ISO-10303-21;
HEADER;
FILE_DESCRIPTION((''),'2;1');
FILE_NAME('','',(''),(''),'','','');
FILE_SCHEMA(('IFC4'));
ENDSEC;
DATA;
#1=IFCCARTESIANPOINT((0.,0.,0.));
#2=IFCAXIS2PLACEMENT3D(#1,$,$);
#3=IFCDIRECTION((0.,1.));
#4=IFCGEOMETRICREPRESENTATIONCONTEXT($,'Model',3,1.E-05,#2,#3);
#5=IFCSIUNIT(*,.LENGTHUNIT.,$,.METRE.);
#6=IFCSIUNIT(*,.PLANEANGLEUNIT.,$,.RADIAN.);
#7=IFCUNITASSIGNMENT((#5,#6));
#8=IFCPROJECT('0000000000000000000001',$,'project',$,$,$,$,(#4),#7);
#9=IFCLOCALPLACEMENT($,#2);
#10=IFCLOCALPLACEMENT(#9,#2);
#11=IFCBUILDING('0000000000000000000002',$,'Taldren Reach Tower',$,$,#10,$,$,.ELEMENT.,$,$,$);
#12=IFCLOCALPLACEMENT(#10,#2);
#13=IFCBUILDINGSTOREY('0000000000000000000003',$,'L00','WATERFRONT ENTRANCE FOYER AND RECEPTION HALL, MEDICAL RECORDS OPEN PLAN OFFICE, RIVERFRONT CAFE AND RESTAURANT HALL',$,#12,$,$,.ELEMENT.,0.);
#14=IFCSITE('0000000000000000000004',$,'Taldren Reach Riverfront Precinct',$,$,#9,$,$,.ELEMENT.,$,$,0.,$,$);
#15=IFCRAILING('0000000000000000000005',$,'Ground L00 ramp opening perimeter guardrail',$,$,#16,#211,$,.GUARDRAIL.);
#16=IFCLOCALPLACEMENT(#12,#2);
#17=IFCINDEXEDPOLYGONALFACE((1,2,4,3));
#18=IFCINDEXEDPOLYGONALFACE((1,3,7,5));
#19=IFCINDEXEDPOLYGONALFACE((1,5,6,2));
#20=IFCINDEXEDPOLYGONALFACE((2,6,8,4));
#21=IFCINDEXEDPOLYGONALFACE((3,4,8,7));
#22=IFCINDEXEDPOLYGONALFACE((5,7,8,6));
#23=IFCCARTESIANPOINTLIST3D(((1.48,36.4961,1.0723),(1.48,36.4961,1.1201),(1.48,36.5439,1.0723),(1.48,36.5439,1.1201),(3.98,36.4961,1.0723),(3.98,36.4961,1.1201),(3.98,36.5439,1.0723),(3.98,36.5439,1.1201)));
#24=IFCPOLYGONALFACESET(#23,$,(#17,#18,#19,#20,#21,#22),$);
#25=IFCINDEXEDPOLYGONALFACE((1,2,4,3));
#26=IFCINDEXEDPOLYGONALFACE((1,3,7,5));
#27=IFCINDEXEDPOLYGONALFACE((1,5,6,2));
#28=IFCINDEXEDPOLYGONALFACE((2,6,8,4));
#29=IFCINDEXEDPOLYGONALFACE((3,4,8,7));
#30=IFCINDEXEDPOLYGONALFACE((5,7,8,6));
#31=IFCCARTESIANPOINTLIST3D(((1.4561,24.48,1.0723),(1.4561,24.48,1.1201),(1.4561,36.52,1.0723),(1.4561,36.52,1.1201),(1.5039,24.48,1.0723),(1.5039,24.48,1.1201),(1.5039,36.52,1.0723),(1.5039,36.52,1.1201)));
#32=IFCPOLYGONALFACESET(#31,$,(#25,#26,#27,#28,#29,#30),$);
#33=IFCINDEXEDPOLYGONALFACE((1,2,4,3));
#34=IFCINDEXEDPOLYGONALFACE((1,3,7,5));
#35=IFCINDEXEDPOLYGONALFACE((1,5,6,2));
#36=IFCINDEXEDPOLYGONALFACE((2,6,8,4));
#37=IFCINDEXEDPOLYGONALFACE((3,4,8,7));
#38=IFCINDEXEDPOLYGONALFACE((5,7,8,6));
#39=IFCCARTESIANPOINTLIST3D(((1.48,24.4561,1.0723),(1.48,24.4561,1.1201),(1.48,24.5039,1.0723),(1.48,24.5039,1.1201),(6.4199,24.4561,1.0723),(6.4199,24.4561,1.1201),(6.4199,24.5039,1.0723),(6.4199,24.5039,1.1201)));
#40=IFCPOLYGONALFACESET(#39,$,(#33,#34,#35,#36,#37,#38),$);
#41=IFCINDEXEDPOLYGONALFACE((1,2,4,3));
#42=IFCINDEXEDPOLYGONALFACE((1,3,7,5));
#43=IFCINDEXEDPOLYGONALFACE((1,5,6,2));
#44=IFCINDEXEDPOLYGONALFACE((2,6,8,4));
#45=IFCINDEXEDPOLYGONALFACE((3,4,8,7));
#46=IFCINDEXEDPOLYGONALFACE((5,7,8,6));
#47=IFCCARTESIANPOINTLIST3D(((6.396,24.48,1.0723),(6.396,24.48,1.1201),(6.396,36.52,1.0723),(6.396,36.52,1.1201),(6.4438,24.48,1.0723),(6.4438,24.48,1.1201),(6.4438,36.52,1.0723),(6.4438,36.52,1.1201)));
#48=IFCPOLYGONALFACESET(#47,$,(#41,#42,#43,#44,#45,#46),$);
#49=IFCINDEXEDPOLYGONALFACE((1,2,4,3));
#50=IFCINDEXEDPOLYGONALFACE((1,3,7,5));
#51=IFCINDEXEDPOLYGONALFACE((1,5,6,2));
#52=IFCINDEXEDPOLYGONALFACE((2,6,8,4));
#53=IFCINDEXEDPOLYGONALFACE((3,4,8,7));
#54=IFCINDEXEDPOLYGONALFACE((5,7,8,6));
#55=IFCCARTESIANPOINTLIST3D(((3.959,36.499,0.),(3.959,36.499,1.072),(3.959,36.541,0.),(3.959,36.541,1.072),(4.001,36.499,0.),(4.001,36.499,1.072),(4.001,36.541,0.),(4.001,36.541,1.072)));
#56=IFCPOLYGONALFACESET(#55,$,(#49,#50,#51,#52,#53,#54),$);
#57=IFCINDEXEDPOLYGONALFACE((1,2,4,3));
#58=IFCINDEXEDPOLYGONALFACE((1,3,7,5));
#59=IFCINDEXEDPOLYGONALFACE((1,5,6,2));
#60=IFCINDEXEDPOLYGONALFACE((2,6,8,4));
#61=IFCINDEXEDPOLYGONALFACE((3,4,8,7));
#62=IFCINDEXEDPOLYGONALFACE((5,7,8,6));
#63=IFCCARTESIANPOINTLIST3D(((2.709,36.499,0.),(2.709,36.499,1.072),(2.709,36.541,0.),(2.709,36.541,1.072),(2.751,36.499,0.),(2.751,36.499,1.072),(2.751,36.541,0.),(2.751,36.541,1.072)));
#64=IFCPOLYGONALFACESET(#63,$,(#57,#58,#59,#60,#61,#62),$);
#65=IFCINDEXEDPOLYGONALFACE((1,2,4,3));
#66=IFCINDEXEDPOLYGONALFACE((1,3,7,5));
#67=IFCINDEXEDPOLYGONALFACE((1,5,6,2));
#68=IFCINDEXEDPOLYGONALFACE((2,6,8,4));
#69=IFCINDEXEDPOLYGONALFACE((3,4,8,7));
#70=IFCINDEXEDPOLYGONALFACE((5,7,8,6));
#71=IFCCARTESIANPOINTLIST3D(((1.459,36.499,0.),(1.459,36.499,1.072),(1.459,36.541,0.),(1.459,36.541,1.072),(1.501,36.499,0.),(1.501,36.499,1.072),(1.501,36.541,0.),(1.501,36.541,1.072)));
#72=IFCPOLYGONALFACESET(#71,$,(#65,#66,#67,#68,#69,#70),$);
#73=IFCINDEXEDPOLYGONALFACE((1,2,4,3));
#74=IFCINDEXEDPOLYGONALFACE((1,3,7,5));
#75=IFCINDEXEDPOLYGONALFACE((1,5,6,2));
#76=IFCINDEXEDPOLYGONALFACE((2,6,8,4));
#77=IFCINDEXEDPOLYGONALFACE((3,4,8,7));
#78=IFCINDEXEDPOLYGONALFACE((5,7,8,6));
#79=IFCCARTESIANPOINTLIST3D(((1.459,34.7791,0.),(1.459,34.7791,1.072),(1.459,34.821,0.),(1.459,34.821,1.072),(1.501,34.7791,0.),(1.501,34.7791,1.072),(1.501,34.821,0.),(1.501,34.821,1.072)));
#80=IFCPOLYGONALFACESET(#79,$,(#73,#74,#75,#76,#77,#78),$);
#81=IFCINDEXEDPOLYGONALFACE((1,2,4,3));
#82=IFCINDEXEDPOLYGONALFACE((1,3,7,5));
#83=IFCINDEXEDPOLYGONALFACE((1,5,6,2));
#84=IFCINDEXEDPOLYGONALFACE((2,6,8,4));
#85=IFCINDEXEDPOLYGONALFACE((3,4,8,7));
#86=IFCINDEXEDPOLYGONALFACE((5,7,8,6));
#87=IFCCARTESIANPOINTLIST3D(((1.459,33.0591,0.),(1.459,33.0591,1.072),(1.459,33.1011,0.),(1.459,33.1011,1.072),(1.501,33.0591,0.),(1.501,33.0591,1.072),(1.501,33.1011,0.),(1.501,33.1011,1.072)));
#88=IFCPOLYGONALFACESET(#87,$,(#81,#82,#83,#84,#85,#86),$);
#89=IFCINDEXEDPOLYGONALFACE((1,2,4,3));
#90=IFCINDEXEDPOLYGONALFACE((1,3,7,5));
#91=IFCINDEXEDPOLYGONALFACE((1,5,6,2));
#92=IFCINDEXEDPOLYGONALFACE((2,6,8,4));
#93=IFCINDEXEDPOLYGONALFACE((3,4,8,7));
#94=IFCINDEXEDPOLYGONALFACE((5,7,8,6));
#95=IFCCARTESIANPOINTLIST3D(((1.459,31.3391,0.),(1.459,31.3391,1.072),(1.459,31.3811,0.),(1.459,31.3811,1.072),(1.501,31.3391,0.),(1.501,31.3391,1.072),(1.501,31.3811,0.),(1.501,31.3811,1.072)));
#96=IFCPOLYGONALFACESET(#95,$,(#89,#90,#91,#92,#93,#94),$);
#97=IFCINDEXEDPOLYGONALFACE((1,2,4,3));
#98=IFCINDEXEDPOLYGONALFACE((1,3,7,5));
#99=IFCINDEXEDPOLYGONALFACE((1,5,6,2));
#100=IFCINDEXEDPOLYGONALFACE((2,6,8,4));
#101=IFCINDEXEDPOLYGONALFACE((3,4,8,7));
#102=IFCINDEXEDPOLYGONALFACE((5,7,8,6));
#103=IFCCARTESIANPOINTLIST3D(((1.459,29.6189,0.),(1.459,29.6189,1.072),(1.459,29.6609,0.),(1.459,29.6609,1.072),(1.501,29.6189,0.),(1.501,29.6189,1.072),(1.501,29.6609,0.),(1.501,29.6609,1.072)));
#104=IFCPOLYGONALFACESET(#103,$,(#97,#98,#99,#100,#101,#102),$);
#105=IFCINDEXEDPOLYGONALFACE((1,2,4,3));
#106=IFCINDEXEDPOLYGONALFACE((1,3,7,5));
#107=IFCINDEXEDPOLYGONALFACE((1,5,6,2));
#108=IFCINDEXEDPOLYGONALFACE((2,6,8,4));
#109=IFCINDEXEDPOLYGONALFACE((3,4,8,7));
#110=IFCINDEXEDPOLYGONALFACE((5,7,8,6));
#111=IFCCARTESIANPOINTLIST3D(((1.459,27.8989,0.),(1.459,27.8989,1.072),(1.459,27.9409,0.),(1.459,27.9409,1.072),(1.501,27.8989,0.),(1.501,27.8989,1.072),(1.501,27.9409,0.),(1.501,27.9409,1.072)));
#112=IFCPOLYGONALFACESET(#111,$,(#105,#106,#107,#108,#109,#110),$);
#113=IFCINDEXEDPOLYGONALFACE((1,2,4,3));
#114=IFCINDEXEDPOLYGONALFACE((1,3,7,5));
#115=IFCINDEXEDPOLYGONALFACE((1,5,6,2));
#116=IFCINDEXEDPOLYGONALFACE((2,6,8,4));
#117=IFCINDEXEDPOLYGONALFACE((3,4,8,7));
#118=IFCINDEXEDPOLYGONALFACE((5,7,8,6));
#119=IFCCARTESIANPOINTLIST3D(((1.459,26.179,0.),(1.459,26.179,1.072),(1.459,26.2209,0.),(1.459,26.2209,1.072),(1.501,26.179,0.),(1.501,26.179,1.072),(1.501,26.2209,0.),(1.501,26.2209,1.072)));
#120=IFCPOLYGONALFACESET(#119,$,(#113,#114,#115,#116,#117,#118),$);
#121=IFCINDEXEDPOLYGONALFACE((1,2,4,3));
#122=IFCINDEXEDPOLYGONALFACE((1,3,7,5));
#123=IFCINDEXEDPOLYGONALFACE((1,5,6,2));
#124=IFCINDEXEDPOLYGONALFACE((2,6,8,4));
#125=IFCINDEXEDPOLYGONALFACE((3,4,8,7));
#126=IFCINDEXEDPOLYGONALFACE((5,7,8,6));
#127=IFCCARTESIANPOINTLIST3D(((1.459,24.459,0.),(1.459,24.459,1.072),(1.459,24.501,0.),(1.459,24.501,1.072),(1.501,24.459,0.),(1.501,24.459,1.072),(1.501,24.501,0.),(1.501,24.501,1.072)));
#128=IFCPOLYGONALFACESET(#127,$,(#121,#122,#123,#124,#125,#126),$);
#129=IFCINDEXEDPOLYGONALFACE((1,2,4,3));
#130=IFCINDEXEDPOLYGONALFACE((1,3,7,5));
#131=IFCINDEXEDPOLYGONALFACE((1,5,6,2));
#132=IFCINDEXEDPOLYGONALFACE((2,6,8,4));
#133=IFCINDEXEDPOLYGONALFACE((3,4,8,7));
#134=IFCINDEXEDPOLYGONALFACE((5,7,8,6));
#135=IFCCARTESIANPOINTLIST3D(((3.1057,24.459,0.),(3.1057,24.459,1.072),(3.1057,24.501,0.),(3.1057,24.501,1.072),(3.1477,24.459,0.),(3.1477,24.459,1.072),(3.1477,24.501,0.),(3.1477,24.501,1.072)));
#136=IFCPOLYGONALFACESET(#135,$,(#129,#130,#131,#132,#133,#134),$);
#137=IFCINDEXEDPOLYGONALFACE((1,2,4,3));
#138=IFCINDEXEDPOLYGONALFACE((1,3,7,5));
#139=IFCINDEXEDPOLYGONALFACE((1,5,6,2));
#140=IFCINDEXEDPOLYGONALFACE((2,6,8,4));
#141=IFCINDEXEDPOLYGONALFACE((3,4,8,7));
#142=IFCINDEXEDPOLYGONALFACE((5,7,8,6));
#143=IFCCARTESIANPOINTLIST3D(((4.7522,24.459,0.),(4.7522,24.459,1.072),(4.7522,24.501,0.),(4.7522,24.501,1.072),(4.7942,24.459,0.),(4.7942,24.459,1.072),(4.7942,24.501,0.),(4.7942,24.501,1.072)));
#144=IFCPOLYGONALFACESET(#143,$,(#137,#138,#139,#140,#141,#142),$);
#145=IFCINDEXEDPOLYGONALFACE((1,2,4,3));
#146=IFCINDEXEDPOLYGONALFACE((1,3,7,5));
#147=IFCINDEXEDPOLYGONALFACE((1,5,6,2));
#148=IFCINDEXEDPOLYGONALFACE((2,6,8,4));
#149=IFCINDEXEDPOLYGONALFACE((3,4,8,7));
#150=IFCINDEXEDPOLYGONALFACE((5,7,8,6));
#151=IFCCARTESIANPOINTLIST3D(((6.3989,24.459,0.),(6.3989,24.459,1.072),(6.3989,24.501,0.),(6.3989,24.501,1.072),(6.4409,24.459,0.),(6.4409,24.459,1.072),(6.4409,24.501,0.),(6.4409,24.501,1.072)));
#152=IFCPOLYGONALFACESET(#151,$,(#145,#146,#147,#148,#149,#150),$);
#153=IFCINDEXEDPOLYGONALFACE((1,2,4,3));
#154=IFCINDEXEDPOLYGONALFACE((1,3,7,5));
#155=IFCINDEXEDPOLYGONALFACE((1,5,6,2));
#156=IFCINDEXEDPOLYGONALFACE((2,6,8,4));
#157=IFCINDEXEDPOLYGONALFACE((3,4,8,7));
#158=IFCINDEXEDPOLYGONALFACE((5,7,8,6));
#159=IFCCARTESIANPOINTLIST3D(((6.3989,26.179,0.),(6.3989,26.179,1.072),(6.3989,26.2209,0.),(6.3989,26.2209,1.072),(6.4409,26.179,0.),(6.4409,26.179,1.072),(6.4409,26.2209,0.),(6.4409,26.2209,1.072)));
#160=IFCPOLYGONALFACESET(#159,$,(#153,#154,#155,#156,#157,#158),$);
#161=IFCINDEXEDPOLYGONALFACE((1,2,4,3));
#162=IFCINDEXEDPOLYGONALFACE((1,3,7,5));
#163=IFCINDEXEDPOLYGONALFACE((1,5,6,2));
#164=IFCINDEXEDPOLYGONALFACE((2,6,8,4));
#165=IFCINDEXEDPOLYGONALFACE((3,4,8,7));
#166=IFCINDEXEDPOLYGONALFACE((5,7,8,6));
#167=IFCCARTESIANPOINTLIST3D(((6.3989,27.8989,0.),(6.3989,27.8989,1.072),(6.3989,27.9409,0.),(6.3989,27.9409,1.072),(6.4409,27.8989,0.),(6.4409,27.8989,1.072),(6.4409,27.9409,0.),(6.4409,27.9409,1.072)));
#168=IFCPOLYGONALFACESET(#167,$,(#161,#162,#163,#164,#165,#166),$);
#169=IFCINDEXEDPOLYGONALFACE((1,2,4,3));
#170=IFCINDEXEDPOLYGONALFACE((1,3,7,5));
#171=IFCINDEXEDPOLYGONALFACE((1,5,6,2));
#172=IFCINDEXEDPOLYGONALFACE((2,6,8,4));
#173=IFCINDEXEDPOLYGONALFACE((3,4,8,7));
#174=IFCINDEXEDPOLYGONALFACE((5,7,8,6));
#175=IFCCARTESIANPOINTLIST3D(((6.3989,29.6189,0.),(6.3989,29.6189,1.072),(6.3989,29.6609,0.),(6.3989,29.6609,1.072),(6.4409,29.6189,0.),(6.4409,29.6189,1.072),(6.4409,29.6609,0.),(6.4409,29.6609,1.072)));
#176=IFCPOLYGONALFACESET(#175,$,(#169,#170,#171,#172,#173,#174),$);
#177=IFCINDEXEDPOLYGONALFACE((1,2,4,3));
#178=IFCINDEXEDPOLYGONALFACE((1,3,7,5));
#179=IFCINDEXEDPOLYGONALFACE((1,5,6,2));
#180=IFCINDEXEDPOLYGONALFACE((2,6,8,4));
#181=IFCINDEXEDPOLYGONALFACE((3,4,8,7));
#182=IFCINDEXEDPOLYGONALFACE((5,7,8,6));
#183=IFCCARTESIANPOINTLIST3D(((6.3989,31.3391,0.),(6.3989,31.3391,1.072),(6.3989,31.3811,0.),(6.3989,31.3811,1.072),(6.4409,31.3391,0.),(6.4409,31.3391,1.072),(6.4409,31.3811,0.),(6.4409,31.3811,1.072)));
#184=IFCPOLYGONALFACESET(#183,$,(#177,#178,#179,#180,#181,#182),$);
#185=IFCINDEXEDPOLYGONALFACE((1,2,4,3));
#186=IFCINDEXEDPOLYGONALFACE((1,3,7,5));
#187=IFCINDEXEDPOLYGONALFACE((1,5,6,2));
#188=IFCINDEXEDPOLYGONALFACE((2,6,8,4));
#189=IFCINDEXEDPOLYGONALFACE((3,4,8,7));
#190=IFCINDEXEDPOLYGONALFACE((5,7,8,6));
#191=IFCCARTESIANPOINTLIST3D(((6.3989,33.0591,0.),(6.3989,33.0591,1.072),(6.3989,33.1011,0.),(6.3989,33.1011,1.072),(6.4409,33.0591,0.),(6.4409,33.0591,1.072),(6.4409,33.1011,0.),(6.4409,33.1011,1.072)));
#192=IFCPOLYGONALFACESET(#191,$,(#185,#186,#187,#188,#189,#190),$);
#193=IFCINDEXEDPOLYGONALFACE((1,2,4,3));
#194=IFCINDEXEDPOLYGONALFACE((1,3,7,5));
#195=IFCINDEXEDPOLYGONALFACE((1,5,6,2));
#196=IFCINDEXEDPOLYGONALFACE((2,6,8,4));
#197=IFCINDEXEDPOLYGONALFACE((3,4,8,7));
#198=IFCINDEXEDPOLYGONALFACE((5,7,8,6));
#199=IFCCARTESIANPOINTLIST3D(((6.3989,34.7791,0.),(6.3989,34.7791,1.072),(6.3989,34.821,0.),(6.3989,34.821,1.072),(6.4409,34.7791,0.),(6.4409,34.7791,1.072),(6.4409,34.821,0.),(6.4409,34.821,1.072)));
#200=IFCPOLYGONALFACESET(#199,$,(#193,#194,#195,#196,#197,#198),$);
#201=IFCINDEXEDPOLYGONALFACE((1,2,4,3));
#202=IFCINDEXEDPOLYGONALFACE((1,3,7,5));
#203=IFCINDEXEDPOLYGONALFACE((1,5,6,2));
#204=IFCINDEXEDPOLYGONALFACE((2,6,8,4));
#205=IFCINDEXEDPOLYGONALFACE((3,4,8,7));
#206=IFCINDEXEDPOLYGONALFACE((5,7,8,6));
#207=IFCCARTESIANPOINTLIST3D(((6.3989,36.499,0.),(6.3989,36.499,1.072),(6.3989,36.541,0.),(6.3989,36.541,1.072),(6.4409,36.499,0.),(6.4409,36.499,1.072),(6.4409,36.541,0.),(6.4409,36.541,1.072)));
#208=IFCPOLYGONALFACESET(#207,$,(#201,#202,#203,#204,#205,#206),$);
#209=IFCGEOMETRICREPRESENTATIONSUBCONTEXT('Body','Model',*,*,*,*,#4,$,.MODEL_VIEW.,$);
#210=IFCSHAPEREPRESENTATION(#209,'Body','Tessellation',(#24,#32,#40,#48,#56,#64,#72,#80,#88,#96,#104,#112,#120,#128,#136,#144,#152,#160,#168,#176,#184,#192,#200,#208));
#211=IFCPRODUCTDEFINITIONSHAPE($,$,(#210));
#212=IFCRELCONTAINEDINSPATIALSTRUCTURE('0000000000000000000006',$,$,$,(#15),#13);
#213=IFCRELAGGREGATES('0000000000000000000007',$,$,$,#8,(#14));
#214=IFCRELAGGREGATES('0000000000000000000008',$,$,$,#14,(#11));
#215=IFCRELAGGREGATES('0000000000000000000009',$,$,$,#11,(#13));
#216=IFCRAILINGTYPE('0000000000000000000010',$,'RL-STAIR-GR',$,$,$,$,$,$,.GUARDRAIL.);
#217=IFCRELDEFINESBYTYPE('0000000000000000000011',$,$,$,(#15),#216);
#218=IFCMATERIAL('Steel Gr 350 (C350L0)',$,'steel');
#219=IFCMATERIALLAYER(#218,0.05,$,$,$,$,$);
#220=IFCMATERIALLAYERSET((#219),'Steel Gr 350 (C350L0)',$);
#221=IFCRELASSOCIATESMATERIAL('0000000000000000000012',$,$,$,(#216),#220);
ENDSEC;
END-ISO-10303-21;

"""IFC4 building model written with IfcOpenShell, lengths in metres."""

from ifc_helpers import new_model, si_unit, direction, frame, origin, origin_2d, place, context, subcontext, project, spatial, rectangle, extrude, material, layer, layer_set, type_object, element, save


model = new_model("IFC4")

# Units and contexts
model_context = context("Model", 3, precision=1e-05, world=origin(), true_north=direction((0.0, 1.0)))
body_context = subcontext(model_context, "Body", "Model", "MODEL_VIEW")
ifc_project = project(units=[si_unit("LENGTHUNIT", "METRE"), si_unit("PLANEANGLEUNIT", "RADIAN")], contexts=[model_context])

# Site, building, storey
site_placement = place(None, origin())
site = spatial("IfcSite", under=ifc_project, at=site_placement, Name="Taldren Reach Riverfront Precinct", CompositionType="ELEMENT", RefElevation=0.0)
building_placement = place(site_placement, origin())
building = spatial("IfcBuilding", under=site, at=building_placement, Name="Taldren Reach Tower", CompositionType="ELEMENT")
storey_placement = place(building_placement, origin())
storey = spatial("IfcBuildingStorey", under=building, at=storey_placement, Name="L00", Description="WATERFRONT ENTRANCE FOYER AND RECEPTION HALL, MEDICAL RECORDS OPEN PLAN OFFICE, RIVERFRONT CAFE AND RESTAURANT HALL", CompositionType="ELEMENT", Elevation=0.0)

# Shared definitions
ifc_material_1 = material(Name="Steel Gr 350 (C350L0)", Category="steel")

# Railing
ifc_layer_1 = layer(ifc_material_1, 0.05)
ifc_layer_set_1 = layer_set([ifc_layer_1], Name="Steel Gr 350 (C350L0)")
railing_type = type_object("IfcRailingType", Name="RL-STAIR-GR", PredefinedType="GUARDRAIL", material=ifc_layer_set_1)
railing_placement = place(storey_placement, frame((3.98, 36.52, 0.0)))
element("IfcRailing", 1, at=railing_placement, inside=storey, type_object=railing_type, Name="Ground L00 ramp opening perimeter guardrail", PredefinedType="GUARDRAIL", context=body_context, shape_type="SweptSolid", body=[
    extrude(rectangle(XDim=0.0479, YDim=0.0479, at=origin_2d()), frame((0.0, 0.0, 1.0962), z_axis=(-1.0, 0.0, 0.0), x_axis=(0.0, -1.0, 0.0)), (0.0, 0.0, 1.0), 2.5),
    extrude(rectangle(XDim=0.0479, YDim=0.0479, at=origin_2d()), frame((-2.5, 0.0, 1.0962), z_axis=(0.0, -1.0, 0.0), x_axis=(1.0, 0.0, 0.0)), (0.0, 0.0, 1.0), 12.04),
    extrude(rectangle(XDim=0.0479, YDim=0.0479, at=origin_2d()), frame((-2.5, -12.04, 1.0962), z_axis=(1.0, 0.0, 0.0), x_axis=(0.0, 1.0, 0.0)), (0.0, 0.0, 1.0), 4.9399),
    extrude(rectangle(XDim=0.0479, YDim=0.0479, at=origin_2d()), frame((2.4399, -12.04, 1.0962), z_axis=(0.0, 1.0, 0.0), x_axis=(-1.0, 0.0, 0.0)), (0.0, 0.0, 1.0), 12.04),
    extrude(rectangle(XDim=0.042, YDim=0.042, at=origin_2d()), origin(), (0.0, 0.0, 1.0), 1.072),
    extrude(rectangle(XDim=0.042, YDim=0.042, at=origin_2d()), frame((-1.25, 0.0, 0.0)), (0.0, 0.0, 1.0), 1.072),
    extrude(rectangle(XDim=0.042, YDim=0.042, at=origin_2d()), frame((-2.5, 0.0, 0.0)), (0.0, 0.0, 1.0), 1.072),
    extrude(rectangle(XDim=0.042, YDim=0.042, at=origin_2d()), frame((-2.5, -1.72, 0.0)), (0.0, 0.0, 1.0), 1.072),
    extrude(rectangle(XDim=0.042, YDim=0.042, at=origin_2d()), frame((-2.5, -3.4399, 0.0)), (0.0, 0.0, 1.0), 1.072),
    extrude(rectangle(XDim=0.042, YDim=0.042, at=origin_2d()), frame((-2.5, -5.1599, 0.0)), (0.0, 0.0, 1.0), 1.072),
    extrude(rectangle(XDim=0.042, YDim=0.042, at=origin_2d()), frame((-2.5, -6.8801, 0.0)), (0.0, 0.0, 1.0), 1.072),
    extrude(rectangle(XDim=0.042, YDim=0.042, at=origin_2d()), frame((-2.5, -8.6001, 0.0)), (0.0, 0.0, 1.0), 1.072),
    extrude(rectangle(XDim=0.042, YDim=0.042, at=origin_2d()), frame((-2.5, -10.3201, 0.0)), (0.0, 0.0, 1.0), 1.072),
    extrude(rectangle(XDim=0.042, YDim=0.042, at=origin_2d()), frame((-2.5, -12.04, 0.0)), (0.0, 0.0, 1.0), 1.072),
    extrude(rectangle(XDim=0.042, YDim=0.042, at=origin_2d()), frame((-0.8533, -12.04, 0.0)), (0.0, 0.0, 1.0), 1.072),
    extrude(rectangle(XDim=0.042, YDim=0.042, at=origin_2d()), frame((0.7932, -12.04, 0.0)), (0.0, 0.0, 1.0), 1.072),
    extrude(rectangle(XDim=0.042, YDim=0.042, at=origin_2d()), frame((2.4399, -12.04, 0.0)), (0.0, 0.0, 1.0), 1.072),
    extrude(rectangle(XDim=0.042, YDim=0.042, at=origin_2d()), frame((2.4399, -10.3201, 0.0)), (0.0, 0.0, 1.0), 1.072),
    extrude(rectangle(XDim=0.042, YDim=0.042, at=origin_2d()), frame((2.4399, -8.6001, 0.0)), (0.0, 0.0, 1.0), 1.072),
    extrude(rectangle(XDim=0.042, YDim=0.042, at=origin_2d()), frame((2.4399, -6.8801, 0.0)), (0.0, 0.0, 1.0), 1.072),
    extrude(rectangle(XDim=0.042, YDim=0.042, at=origin_2d()), frame((2.4399, -5.1599, 0.0)), (0.0, 0.0, 1.0), 1.072),
    extrude(rectangle(XDim=0.042, YDim=0.042, at=origin_2d()), frame((2.4399, -3.4399, 0.0)), (0.0, 0.0, 1.0), 1.072),
    extrude(rectangle(XDim=0.042, YDim=0.042, at=origin_2d()), frame((2.4399, -1.72, 0.0)), (0.0, 0.0, 1.0), 1.072),
    extrude(rectangle(XDim=0.042, YDim=0.042, at=origin_2d()), frame((2.4399, 0.0, 0.0)), (0.0, 0.0, 1.0), 1.072),
])

save(model, "model.ifc")
